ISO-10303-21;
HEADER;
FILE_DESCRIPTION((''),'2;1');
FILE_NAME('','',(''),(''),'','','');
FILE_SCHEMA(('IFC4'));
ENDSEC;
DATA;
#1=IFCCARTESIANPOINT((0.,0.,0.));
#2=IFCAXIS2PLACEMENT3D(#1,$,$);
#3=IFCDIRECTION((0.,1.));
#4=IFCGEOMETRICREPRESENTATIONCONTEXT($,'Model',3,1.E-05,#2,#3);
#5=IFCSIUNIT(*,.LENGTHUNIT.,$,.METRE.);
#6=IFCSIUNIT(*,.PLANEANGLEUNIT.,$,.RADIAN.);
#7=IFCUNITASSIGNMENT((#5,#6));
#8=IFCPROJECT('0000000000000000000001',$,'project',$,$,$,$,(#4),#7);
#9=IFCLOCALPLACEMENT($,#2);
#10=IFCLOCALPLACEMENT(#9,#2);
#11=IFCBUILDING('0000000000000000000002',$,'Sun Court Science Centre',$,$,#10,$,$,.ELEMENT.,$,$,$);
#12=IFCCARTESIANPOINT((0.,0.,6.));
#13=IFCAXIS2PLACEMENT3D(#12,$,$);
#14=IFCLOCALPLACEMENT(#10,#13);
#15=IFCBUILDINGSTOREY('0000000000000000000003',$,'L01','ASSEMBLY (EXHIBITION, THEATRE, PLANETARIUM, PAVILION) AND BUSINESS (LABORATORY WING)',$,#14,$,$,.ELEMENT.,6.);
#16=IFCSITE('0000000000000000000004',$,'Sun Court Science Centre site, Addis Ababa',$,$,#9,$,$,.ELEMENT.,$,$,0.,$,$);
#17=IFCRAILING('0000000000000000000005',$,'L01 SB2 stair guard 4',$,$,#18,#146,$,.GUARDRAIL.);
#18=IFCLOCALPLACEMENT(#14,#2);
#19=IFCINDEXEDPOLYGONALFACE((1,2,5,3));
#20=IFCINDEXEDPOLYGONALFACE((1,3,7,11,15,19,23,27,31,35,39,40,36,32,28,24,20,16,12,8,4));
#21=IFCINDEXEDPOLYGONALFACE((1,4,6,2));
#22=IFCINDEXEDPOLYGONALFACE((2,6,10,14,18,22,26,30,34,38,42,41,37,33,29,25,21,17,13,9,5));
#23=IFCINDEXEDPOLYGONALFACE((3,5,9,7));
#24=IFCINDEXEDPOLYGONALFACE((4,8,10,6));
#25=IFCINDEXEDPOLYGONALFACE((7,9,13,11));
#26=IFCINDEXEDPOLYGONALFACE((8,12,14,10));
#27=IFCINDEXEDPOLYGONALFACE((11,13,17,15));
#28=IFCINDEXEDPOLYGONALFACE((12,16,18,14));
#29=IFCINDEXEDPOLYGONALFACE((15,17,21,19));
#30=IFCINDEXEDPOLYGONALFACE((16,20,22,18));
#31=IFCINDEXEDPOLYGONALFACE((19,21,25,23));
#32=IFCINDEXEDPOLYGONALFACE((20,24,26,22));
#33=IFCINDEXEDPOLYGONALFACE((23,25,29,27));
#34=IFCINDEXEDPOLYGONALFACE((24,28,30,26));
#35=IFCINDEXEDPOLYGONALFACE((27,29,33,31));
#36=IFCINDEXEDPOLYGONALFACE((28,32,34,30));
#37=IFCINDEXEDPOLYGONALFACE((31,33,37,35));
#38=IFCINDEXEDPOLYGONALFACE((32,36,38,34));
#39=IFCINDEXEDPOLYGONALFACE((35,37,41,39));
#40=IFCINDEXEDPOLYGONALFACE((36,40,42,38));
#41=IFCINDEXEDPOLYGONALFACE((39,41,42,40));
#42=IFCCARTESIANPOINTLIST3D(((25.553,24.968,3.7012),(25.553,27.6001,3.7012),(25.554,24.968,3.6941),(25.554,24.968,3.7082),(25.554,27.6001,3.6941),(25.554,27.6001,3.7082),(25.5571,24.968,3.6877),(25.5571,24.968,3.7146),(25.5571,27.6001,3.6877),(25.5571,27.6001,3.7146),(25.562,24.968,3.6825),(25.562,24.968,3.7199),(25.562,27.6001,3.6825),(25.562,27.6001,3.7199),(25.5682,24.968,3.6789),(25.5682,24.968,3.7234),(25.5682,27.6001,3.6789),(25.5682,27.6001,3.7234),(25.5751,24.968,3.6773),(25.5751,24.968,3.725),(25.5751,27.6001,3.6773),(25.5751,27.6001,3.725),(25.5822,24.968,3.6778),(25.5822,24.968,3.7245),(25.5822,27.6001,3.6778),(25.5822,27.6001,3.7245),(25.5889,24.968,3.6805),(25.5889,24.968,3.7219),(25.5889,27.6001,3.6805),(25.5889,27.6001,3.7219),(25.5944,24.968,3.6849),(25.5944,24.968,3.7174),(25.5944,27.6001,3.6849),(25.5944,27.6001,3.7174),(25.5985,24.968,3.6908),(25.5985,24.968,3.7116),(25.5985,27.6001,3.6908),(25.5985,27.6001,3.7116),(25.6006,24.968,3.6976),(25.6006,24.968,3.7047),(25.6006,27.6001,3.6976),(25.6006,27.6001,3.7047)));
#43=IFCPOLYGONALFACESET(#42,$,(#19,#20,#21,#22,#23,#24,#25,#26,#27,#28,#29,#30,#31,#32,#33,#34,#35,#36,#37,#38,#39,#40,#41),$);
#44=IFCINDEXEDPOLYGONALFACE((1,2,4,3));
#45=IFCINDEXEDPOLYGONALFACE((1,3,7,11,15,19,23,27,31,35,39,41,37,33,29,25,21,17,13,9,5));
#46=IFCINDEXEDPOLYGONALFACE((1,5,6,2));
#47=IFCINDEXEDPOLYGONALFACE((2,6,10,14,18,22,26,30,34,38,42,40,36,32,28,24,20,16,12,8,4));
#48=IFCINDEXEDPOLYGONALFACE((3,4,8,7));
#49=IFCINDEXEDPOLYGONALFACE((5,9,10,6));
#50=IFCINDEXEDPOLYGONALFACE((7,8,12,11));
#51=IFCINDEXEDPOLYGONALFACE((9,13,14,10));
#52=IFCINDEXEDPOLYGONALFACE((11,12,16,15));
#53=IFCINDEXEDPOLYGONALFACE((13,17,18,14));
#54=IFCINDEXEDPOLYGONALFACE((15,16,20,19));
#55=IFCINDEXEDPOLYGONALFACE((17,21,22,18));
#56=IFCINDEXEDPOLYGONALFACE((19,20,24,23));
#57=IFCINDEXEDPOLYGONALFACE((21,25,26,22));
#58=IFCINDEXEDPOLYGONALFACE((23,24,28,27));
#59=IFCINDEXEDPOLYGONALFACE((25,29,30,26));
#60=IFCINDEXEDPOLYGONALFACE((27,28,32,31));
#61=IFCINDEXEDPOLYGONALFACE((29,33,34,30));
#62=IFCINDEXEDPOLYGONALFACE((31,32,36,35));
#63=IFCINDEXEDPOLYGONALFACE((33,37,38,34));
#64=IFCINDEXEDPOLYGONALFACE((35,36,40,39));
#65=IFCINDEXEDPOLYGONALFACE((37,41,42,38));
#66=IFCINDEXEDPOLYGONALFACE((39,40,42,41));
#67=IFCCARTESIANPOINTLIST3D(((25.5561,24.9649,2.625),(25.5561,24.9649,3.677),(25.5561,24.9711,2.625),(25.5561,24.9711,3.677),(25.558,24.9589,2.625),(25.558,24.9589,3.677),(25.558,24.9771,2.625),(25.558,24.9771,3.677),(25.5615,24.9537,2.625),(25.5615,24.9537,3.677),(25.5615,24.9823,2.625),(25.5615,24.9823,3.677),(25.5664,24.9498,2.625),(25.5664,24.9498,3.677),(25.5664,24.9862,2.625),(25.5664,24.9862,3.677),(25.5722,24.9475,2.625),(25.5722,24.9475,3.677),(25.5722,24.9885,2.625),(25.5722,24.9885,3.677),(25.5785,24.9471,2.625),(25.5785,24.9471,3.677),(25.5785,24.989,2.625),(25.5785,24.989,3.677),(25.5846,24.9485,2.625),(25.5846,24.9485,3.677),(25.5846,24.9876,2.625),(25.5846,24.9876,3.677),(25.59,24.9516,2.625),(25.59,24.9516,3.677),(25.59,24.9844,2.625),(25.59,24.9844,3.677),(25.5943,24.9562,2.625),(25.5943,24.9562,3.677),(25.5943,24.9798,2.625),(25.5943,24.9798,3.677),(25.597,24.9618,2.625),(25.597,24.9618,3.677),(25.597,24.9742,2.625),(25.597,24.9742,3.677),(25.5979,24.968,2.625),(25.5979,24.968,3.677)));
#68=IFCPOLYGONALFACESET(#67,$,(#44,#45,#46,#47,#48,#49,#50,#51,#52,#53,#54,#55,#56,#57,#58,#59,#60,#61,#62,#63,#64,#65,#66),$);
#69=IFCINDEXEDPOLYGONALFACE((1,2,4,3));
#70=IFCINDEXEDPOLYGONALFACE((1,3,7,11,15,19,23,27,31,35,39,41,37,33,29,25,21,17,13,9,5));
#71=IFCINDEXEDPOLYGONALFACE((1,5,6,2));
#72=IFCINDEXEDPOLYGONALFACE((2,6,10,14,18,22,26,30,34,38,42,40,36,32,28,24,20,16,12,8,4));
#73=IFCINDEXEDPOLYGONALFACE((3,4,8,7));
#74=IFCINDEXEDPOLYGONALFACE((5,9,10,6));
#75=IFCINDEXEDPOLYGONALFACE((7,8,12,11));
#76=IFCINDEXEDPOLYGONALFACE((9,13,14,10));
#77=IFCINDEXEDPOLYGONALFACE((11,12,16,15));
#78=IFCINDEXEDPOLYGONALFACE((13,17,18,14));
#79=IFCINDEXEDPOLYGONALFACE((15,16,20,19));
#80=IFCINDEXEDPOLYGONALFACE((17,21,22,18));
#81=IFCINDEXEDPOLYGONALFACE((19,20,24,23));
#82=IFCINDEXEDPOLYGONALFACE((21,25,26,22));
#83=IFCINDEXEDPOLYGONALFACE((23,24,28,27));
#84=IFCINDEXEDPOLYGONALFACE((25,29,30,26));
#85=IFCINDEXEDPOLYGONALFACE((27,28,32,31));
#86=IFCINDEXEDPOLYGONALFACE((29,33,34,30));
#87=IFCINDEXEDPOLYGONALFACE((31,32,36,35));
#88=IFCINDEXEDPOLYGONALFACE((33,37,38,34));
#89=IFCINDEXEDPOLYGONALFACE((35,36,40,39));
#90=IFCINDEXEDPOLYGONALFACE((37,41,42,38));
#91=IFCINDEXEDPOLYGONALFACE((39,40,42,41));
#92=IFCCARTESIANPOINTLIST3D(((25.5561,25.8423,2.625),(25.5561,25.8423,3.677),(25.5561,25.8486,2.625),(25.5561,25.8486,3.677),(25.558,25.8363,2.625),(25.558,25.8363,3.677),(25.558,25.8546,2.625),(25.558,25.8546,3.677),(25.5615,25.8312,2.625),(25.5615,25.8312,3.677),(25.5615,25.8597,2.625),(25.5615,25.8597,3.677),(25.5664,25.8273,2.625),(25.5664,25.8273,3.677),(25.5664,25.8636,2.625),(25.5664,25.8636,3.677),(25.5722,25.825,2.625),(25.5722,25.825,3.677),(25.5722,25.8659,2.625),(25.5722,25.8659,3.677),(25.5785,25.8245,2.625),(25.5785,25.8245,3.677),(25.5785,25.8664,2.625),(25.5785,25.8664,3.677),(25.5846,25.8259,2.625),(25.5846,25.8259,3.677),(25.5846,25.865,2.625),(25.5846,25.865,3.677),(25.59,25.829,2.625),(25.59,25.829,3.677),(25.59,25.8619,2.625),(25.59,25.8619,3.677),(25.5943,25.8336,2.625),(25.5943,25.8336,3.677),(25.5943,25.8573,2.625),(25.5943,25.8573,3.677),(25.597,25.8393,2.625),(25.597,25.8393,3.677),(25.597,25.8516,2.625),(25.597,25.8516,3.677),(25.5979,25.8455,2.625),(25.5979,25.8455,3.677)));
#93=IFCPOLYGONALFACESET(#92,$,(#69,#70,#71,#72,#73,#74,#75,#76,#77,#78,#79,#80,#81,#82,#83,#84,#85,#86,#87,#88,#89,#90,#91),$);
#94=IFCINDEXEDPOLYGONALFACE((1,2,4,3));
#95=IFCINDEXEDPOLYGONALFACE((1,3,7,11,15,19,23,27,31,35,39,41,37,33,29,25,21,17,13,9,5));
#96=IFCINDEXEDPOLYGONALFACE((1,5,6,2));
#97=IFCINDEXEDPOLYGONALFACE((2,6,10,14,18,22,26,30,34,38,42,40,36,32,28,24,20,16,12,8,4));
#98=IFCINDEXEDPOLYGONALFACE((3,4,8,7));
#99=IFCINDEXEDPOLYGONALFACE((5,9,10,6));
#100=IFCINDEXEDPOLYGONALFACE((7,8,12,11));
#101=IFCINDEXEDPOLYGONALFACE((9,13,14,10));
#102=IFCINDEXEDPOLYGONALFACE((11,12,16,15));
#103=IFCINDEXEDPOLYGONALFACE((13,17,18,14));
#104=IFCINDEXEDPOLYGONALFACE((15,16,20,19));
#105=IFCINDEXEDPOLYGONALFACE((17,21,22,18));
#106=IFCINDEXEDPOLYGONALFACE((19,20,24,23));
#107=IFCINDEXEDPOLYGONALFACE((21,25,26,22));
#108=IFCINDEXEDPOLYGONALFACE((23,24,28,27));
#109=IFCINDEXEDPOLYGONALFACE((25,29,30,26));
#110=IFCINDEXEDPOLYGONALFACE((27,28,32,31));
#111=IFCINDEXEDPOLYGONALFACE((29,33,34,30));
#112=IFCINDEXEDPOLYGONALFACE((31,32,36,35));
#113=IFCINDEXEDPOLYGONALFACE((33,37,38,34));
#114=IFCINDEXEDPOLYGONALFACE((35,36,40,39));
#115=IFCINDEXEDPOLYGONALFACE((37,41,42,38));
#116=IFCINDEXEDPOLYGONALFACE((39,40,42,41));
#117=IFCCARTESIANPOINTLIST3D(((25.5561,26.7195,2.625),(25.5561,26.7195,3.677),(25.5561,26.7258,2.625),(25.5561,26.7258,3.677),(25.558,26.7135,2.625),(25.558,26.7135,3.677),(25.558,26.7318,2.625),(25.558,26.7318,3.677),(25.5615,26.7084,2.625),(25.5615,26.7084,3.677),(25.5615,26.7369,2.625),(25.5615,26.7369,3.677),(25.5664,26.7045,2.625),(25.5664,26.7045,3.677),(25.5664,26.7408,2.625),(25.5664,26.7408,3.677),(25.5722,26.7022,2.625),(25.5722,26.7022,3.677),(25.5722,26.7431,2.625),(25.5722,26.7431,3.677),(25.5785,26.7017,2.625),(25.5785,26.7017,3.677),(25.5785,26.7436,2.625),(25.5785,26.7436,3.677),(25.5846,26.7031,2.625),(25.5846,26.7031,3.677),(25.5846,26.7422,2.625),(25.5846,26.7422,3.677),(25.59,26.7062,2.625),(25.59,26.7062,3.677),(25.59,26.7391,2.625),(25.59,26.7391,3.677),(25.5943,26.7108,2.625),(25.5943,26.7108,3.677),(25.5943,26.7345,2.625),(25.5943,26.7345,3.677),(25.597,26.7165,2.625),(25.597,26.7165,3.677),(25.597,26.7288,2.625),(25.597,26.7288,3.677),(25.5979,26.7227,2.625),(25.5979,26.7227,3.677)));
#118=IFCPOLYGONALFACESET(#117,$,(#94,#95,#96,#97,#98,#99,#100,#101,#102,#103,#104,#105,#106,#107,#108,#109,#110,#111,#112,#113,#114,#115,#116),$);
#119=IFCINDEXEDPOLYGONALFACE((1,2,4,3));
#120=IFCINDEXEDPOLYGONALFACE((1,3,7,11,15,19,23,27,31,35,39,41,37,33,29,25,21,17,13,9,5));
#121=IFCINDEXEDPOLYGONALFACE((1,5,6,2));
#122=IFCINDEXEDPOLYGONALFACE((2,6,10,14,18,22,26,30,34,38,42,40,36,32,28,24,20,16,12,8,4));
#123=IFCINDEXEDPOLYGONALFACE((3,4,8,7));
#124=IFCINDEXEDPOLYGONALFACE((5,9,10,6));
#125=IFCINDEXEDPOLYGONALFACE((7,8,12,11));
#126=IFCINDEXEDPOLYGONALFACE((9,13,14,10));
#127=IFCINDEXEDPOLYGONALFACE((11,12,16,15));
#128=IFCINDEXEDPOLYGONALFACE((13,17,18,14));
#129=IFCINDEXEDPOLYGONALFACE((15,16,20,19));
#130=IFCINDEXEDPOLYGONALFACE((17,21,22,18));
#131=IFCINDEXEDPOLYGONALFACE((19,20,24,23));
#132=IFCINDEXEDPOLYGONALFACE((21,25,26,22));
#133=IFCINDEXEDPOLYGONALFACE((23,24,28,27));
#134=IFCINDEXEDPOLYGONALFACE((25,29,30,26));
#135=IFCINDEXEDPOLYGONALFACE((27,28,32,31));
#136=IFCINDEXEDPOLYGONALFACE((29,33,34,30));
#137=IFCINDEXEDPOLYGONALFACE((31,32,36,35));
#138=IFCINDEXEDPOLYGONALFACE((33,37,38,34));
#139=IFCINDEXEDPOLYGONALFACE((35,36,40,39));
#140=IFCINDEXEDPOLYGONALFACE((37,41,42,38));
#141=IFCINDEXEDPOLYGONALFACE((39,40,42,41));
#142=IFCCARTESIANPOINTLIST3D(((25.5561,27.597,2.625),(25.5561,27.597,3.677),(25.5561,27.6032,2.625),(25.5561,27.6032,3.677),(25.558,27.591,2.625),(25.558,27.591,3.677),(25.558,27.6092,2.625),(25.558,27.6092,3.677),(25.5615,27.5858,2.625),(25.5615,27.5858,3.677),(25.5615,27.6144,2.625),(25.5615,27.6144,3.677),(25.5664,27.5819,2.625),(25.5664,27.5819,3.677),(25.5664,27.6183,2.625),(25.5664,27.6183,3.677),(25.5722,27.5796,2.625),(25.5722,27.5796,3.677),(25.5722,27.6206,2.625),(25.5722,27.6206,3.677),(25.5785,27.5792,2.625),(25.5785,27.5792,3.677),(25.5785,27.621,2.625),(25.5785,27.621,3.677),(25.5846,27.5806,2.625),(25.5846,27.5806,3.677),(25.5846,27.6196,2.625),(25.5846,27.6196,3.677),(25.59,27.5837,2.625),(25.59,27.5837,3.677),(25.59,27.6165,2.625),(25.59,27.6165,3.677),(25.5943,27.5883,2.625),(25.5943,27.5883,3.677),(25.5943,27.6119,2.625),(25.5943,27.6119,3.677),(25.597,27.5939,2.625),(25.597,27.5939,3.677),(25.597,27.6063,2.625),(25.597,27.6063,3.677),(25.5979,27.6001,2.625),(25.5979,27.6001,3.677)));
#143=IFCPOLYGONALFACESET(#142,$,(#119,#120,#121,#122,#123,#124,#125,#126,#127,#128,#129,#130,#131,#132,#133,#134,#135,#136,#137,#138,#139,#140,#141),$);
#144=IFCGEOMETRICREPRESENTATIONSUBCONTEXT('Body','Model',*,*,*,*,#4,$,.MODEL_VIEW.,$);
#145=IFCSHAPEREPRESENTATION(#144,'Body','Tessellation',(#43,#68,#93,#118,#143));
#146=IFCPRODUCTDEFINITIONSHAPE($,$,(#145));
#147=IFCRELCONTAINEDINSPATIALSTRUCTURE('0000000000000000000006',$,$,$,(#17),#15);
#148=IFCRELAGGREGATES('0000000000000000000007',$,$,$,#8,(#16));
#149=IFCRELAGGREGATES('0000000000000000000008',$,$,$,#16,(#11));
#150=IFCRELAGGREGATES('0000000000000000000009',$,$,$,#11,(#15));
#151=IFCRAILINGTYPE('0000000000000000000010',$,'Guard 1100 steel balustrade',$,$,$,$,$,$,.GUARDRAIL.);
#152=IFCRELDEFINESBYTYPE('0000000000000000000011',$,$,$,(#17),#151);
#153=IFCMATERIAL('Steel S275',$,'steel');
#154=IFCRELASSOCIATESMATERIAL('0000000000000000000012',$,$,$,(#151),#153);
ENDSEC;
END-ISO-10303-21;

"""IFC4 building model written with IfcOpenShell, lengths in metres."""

from ifc_helpers import new_model, si_unit, direction, frame, origin, origin_2d, place, context, subcontext, project, spatial, circle, extrude, material, type_object, element, save


model = new_model("IFC4")

# Units and contexts
model_context = context("Model", 3, precision=1e-05, world=origin(), true_north=direction((0.0, 1.0)))
body_context = subcontext(model_context, "Body", "Model", "MODEL_VIEW")
ifc_project = project(units=[si_unit("LENGTHUNIT", "METRE"), si_unit("PLANEANGLEUNIT", "RADIAN")], contexts=[model_context])

# Site, building, storey
site_placement = place(None, origin())
site = spatial("IfcSite", under=ifc_project, at=site_placement, Name="Sun Court Science Centre site, Addis Ababa", CompositionType="ELEMENT", RefElevation=0.0)
building_placement = place(site_placement, origin())
building = spatial("IfcBuilding", under=site, at=building_placement, Name="Sun Court Science Centre", CompositionType="ELEMENT")
storey_placement = place(building_placement, frame((0.0, 0.0, 6.0)))
storey = spatial("IfcBuildingStorey", under=building, at=storey_placement, Name="L01", Description="ASSEMBLY (EXHIBITION, THEATRE, PLANETARIUM, PAVILION) AND BUSINESS (LABORATORY WING)", CompositionType="ELEMENT", Elevation=6.0)

# Railing
ifc_material_1 = material(Name="Steel S275", Category="steel")
railing_type_1 = type_object("IfcRailingType", Name="Guard 1100 steel balustrade", PredefinedType="GUARDRAIL", material=ifc_material_1)
for number, where, name in (
    (1, (25.5769, 24.968, 2.625), "L01 SB2 stair guard 4"),
):
    element("IfcRailing", number, at=place(storey_placement, frame(where)), inside=storey, type_object=railing_type_1, Name=name, PredefinedType="GUARDRAIL", context=body_context, shape_type="SweptSolid", body=[
        extrude(circle(Radius=0.0239, at=origin_2d()), frame((0.0, 0.0, 1.0762), z_axis=(0.0, 1.0, 0.0), x_axis=(-1.0, 0.0, 0.0)), (0.0, 0.0, 1.0), 2.6321),
        extrude(circle(Radius=0.021, at=origin_2d()), origin(), (0.0, 0.0, 1.0), 1.052),
        extrude(circle(Radius=0.021, at=origin_2d()), frame((0.0, 0.8774, 0.0)), (0.0, 0.0, 1.0), 1.052),
        extrude(circle(Radius=0.021, at=origin_2d()), frame((0.0, 1.7546, 0.0)), (0.0, 0.0, 1.0), 1.052),
        extrude(circle(Radius=0.021, at=origin_2d()), frame((0.0, 2.6321, 0.0)), (0.0, 0.0, 1.0), 1.052),
    ])

save(model, "model.ifc")
